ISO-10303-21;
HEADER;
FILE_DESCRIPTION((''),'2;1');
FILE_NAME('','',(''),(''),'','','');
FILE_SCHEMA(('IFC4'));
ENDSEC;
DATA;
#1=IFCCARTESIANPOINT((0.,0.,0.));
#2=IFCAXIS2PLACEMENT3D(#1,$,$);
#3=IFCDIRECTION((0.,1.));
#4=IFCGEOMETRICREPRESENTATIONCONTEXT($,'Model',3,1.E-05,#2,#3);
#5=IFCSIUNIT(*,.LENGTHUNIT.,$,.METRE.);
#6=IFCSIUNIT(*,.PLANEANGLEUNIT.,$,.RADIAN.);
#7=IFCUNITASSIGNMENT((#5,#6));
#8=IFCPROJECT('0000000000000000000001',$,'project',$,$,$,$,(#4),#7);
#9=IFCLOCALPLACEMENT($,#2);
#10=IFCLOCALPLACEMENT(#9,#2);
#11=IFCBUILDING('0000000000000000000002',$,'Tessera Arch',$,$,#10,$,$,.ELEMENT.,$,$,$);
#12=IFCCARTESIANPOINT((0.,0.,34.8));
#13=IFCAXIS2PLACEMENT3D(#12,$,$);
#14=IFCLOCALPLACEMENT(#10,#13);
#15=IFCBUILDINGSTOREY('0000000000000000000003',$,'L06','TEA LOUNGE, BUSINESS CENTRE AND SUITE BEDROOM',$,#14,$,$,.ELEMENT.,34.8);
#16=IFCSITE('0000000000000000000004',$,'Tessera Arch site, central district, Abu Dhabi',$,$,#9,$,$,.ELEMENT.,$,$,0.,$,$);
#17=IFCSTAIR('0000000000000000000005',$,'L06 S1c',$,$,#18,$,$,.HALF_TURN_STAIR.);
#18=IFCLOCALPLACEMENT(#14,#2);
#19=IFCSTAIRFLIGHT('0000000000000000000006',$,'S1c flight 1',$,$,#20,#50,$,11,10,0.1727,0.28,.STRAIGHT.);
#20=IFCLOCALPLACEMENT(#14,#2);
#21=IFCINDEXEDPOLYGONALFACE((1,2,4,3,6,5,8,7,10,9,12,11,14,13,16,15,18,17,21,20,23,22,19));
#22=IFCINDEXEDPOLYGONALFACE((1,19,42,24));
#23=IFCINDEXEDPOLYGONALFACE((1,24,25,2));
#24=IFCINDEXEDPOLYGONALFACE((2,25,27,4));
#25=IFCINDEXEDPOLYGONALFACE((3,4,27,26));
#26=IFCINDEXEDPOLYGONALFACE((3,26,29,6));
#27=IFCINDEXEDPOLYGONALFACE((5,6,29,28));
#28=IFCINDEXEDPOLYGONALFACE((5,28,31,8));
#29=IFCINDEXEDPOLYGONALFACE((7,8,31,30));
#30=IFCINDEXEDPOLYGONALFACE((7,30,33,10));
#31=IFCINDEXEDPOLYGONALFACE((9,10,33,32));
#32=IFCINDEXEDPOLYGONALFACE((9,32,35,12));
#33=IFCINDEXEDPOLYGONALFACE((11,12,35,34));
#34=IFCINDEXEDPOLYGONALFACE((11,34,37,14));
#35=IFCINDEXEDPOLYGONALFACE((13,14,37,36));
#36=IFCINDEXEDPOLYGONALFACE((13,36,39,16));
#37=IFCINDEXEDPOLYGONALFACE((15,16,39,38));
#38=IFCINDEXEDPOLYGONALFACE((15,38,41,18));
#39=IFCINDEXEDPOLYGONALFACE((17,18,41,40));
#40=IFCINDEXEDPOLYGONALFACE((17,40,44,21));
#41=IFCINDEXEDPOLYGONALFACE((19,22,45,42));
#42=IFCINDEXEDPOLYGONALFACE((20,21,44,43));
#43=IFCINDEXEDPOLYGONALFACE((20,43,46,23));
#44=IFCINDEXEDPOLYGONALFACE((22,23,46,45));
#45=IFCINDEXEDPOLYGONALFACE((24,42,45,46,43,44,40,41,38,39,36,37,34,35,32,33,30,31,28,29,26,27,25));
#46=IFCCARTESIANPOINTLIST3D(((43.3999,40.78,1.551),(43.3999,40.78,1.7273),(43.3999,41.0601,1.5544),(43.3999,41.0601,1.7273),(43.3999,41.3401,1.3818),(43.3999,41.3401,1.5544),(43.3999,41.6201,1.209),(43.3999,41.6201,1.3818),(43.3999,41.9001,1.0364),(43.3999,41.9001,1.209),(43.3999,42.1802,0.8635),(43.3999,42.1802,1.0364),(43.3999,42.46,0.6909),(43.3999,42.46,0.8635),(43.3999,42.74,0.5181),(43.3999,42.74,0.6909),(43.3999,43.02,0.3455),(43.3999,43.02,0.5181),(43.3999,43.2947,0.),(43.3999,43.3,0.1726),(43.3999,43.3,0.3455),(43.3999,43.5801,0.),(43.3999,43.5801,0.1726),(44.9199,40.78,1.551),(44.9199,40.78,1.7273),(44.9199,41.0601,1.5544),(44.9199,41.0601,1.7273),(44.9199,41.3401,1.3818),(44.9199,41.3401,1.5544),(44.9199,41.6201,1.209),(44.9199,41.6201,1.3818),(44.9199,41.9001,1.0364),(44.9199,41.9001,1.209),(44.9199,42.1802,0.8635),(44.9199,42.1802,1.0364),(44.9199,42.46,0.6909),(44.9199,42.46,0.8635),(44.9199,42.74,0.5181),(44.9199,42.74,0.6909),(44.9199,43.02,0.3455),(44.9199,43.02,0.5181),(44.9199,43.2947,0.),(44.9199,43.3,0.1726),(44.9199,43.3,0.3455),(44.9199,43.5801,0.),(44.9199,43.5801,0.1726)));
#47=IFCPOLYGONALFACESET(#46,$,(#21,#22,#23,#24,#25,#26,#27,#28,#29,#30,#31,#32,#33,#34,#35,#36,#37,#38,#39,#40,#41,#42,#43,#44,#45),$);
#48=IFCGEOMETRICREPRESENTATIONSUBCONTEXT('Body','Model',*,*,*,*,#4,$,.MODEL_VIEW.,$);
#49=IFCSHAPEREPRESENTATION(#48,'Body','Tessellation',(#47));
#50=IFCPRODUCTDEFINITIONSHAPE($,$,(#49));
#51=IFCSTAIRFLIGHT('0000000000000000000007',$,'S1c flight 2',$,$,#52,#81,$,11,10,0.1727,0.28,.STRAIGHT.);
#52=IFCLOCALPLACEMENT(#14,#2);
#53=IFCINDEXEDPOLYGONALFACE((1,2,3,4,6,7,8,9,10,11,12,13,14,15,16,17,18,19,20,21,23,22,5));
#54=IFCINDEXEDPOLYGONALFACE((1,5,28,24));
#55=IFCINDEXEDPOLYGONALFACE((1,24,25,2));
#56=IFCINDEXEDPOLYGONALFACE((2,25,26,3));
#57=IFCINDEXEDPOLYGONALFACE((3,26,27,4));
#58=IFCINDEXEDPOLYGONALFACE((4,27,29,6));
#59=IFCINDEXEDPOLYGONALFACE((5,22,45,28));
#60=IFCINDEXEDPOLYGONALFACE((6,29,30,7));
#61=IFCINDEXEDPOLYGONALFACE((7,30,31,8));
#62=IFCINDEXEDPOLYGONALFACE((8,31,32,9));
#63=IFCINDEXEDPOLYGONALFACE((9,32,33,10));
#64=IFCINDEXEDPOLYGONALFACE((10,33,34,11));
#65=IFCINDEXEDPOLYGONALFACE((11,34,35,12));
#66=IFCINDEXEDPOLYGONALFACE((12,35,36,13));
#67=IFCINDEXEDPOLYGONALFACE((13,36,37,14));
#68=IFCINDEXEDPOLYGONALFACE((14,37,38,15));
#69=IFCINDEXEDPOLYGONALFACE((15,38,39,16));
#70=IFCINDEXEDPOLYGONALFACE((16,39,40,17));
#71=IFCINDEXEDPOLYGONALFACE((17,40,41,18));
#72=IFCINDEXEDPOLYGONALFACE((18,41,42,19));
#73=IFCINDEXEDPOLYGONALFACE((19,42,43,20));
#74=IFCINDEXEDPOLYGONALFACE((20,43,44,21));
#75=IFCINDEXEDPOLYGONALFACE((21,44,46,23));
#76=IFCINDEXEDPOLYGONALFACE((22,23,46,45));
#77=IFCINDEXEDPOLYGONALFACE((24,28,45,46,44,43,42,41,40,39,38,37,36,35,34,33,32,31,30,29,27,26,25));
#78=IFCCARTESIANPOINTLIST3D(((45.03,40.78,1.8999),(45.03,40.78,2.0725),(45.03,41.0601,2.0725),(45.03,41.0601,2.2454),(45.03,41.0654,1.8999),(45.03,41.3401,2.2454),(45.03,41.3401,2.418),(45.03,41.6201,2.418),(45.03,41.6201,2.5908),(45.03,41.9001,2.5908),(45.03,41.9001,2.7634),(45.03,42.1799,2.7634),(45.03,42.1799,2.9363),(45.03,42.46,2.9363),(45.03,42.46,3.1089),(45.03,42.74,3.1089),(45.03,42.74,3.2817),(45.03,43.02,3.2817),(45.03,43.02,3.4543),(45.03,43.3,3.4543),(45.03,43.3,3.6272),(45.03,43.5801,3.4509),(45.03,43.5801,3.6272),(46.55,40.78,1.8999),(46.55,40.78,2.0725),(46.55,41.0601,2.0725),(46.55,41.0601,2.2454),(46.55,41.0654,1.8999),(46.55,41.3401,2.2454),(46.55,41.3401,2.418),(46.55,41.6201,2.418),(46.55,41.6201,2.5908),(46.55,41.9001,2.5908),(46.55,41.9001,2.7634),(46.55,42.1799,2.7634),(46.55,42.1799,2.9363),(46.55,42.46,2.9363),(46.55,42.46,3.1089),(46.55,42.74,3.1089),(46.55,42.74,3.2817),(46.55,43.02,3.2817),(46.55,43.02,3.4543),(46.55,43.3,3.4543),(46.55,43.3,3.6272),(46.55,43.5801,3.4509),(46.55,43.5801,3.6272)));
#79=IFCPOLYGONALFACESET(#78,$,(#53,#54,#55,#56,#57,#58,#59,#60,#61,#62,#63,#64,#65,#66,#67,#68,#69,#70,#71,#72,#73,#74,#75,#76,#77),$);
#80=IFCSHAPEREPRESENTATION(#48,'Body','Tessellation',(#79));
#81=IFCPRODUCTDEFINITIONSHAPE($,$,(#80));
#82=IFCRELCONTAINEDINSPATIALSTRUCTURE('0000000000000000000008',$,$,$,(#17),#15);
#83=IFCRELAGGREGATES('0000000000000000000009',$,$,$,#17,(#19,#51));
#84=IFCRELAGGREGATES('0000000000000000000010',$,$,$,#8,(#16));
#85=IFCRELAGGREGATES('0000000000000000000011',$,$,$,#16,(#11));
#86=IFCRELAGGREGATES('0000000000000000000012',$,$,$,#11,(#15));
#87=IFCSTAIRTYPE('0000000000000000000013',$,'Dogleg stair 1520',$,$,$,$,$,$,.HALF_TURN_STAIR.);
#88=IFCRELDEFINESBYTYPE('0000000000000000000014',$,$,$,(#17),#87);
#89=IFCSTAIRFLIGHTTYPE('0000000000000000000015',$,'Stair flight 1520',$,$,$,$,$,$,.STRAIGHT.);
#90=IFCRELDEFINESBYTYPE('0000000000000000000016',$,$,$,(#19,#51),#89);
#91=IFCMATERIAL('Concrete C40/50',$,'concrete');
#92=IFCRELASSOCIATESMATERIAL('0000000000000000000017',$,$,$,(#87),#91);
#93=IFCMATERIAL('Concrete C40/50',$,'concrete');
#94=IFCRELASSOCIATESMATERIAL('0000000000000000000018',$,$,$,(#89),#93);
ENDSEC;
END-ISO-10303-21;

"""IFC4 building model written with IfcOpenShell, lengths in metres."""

from ifc_helpers import new_model, si_unit, direction, frame, origin, place, context, subcontext, project, spatial, polyline, outline, extrude, material, type_object, element, aggregate, save


model = new_model("IFC4")

# Units and contexts
model_context = context("Model", 3, precision=1e-05, world=origin(), true_north=direction((0.0, 1.0)))
body_context = subcontext(model_context, "Body", "Model", "MODEL_VIEW")
ifc_project = project(units=[si_unit("LENGTHUNIT", "METRE"), si_unit("PLANEANGLEUNIT", "RADIAN")], contexts=[model_context])

# Site, building, storey
site_placement = place(None, origin())
site = spatial("IfcSite", under=ifc_project, at=site_placement, Name="Tessera Arch site, central district, Abu Dhabi", CompositionType="ELEMENT", RefElevation=0.0)
building_placement = place(site_placement, origin())
building = spatial("IfcBuilding", under=site, at=building_placement, Name="Tessera Arch", CompositionType="ELEMENT")
storey_placement = place(building_placement, frame((0.0, 0.0, 34.8)))
storey = spatial("IfcBuildingStorey", under=building, at=storey_placement, Name="L06", Description="TEA LOUNGE, BUSINESS CENTRE AND SUITE BEDROOM", CompositionType="ELEMENT", Elevation=34.8)

# Stair, stair flights
ifc_material_1 = material(Name="Concrete C40/50", Category="concrete")
stair_type = type_object("IfcStairType", Name="Dogleg stair 1520", PredefinedType="HALF_TURN_STAIR", material=ifc_material_1)
ifc_material_2 = material(Name="Concrete C40/50", Category="concrete")
stair_flight_type = type_object("IfcStairFlightType", Name="Stair flight 1520", PredefinedType="STRAIGHT", material=ifc_material_2)
stair_1_placement = place(storey_placement, origin())
stair_1 = element("IfcStair", 1, at=stair_1_placement, inside=storey, type_object=stair_type, Name="L06 S1c", PredefinedType="HALF_TURN_STAIR")
stair_flight_1_placement = place(storey_placement, frame((44.1599, 43.5801, 0.0), z_axis=(0.0, 0.0, 1.0), x_axis=(0.0, -1.0, 0.0)))
stair_flight_1 = element("IfcStairFlight", 2, at=stair_flight_1_placement, type_object=stair_flight_type, Name="S1c flight 1", NumberOfRisers=11, NumberOfTreads=10, PredefinedType="STRAIGHT", RiserHeight=0.1727, TreadLength=0.28, context=body_context, shape_type="SweptSolid", body=[
    extrude(outline(polyline([(0.0, 0.0), (0.0, 0.1726), (0.28, 0.1726), (0.28, 0.3455), (0.5601, 0.3455), (0.5601, 0.5181), (0.8401, 0.5181), (0.8401, 0.6909), (1.1201, 0.6909), (1.1201, 0.8635), (1.3999, 0.8635), (1.3999, 1.0364), (1.6799, 1.0364), (1.6799, 1.209), (1.96, 1.209), (1.96, 1.3818), (2.24, 1.3818), (2.24, 1.5544), (2.52, 1.5544), (2.52, 1.7273), (2.8, 1.7273), (2.8, 1.8999), (2.8, 1.551), (0.2854, 0.0), (0.0, 0.0)])), frame((0.0, 0.76, 0.0), z_axis=(0.0, -1.0, 0.0), x_axis=(1.0, 0.0, 0.0)), (0.0, 0.0, 1.0), 1.52),
])
stair_flight_2_placement = place(storey_placement, frame((45.79, 40.78, 1.8999), z_axis=(0.0, 0.0, 1.0), x_axis=(0.0, 1.0, 0.0)))
stair_flight_2 = element("IfcStairFlight", 3, at=stair_flight_2_placement, type_object=stair_flight_type, Name="S1c flight 2", NumberOfRisers=11, NumberOfTreads=10, PredefinedType="STRAIGHT", RiserHeight=0.1727, TreadLength=0.28, context=body_context, shape_type="SweptSolid", body=[
    extrude(outline(polyline([(0.0, 0.0), (0.0, 0.1726), (0.28, 0.1726), (0.28, 0.3455), (0.5601, 0.3455), (0.5601, 0.5181), (0.8401, 0.5181), (0.8401, 0.6909), (1.1201, 0.6909), (1.1201, 0.8635), (1.3999, 0.8635), (1.3999, 1.0364), (1.6799, 1.0364), (1.6799, 1.209), (1.96, 1.209), (1.96, 1.3818), (2.24, 1.3818), (2.24, 1.5544), (2.52, 1.5544), (2.52, 1.7273), (2.8, 1.7273), (2.8, 1.8999), (2.8, 1.551), (0.2854, 0.0), (0.0, 0.0)])), frame((0.0, 0.76, 0.0), z_axis=(0.0, -1.0, 0.0), x_axis=(1.0, 0.0, 0.0)), (0.0, 0.0, 1.0), 1.52),
])
aggregate(stair_1, [stair_flight_1, stair_flight_2])

save(model, "model.ifc")
